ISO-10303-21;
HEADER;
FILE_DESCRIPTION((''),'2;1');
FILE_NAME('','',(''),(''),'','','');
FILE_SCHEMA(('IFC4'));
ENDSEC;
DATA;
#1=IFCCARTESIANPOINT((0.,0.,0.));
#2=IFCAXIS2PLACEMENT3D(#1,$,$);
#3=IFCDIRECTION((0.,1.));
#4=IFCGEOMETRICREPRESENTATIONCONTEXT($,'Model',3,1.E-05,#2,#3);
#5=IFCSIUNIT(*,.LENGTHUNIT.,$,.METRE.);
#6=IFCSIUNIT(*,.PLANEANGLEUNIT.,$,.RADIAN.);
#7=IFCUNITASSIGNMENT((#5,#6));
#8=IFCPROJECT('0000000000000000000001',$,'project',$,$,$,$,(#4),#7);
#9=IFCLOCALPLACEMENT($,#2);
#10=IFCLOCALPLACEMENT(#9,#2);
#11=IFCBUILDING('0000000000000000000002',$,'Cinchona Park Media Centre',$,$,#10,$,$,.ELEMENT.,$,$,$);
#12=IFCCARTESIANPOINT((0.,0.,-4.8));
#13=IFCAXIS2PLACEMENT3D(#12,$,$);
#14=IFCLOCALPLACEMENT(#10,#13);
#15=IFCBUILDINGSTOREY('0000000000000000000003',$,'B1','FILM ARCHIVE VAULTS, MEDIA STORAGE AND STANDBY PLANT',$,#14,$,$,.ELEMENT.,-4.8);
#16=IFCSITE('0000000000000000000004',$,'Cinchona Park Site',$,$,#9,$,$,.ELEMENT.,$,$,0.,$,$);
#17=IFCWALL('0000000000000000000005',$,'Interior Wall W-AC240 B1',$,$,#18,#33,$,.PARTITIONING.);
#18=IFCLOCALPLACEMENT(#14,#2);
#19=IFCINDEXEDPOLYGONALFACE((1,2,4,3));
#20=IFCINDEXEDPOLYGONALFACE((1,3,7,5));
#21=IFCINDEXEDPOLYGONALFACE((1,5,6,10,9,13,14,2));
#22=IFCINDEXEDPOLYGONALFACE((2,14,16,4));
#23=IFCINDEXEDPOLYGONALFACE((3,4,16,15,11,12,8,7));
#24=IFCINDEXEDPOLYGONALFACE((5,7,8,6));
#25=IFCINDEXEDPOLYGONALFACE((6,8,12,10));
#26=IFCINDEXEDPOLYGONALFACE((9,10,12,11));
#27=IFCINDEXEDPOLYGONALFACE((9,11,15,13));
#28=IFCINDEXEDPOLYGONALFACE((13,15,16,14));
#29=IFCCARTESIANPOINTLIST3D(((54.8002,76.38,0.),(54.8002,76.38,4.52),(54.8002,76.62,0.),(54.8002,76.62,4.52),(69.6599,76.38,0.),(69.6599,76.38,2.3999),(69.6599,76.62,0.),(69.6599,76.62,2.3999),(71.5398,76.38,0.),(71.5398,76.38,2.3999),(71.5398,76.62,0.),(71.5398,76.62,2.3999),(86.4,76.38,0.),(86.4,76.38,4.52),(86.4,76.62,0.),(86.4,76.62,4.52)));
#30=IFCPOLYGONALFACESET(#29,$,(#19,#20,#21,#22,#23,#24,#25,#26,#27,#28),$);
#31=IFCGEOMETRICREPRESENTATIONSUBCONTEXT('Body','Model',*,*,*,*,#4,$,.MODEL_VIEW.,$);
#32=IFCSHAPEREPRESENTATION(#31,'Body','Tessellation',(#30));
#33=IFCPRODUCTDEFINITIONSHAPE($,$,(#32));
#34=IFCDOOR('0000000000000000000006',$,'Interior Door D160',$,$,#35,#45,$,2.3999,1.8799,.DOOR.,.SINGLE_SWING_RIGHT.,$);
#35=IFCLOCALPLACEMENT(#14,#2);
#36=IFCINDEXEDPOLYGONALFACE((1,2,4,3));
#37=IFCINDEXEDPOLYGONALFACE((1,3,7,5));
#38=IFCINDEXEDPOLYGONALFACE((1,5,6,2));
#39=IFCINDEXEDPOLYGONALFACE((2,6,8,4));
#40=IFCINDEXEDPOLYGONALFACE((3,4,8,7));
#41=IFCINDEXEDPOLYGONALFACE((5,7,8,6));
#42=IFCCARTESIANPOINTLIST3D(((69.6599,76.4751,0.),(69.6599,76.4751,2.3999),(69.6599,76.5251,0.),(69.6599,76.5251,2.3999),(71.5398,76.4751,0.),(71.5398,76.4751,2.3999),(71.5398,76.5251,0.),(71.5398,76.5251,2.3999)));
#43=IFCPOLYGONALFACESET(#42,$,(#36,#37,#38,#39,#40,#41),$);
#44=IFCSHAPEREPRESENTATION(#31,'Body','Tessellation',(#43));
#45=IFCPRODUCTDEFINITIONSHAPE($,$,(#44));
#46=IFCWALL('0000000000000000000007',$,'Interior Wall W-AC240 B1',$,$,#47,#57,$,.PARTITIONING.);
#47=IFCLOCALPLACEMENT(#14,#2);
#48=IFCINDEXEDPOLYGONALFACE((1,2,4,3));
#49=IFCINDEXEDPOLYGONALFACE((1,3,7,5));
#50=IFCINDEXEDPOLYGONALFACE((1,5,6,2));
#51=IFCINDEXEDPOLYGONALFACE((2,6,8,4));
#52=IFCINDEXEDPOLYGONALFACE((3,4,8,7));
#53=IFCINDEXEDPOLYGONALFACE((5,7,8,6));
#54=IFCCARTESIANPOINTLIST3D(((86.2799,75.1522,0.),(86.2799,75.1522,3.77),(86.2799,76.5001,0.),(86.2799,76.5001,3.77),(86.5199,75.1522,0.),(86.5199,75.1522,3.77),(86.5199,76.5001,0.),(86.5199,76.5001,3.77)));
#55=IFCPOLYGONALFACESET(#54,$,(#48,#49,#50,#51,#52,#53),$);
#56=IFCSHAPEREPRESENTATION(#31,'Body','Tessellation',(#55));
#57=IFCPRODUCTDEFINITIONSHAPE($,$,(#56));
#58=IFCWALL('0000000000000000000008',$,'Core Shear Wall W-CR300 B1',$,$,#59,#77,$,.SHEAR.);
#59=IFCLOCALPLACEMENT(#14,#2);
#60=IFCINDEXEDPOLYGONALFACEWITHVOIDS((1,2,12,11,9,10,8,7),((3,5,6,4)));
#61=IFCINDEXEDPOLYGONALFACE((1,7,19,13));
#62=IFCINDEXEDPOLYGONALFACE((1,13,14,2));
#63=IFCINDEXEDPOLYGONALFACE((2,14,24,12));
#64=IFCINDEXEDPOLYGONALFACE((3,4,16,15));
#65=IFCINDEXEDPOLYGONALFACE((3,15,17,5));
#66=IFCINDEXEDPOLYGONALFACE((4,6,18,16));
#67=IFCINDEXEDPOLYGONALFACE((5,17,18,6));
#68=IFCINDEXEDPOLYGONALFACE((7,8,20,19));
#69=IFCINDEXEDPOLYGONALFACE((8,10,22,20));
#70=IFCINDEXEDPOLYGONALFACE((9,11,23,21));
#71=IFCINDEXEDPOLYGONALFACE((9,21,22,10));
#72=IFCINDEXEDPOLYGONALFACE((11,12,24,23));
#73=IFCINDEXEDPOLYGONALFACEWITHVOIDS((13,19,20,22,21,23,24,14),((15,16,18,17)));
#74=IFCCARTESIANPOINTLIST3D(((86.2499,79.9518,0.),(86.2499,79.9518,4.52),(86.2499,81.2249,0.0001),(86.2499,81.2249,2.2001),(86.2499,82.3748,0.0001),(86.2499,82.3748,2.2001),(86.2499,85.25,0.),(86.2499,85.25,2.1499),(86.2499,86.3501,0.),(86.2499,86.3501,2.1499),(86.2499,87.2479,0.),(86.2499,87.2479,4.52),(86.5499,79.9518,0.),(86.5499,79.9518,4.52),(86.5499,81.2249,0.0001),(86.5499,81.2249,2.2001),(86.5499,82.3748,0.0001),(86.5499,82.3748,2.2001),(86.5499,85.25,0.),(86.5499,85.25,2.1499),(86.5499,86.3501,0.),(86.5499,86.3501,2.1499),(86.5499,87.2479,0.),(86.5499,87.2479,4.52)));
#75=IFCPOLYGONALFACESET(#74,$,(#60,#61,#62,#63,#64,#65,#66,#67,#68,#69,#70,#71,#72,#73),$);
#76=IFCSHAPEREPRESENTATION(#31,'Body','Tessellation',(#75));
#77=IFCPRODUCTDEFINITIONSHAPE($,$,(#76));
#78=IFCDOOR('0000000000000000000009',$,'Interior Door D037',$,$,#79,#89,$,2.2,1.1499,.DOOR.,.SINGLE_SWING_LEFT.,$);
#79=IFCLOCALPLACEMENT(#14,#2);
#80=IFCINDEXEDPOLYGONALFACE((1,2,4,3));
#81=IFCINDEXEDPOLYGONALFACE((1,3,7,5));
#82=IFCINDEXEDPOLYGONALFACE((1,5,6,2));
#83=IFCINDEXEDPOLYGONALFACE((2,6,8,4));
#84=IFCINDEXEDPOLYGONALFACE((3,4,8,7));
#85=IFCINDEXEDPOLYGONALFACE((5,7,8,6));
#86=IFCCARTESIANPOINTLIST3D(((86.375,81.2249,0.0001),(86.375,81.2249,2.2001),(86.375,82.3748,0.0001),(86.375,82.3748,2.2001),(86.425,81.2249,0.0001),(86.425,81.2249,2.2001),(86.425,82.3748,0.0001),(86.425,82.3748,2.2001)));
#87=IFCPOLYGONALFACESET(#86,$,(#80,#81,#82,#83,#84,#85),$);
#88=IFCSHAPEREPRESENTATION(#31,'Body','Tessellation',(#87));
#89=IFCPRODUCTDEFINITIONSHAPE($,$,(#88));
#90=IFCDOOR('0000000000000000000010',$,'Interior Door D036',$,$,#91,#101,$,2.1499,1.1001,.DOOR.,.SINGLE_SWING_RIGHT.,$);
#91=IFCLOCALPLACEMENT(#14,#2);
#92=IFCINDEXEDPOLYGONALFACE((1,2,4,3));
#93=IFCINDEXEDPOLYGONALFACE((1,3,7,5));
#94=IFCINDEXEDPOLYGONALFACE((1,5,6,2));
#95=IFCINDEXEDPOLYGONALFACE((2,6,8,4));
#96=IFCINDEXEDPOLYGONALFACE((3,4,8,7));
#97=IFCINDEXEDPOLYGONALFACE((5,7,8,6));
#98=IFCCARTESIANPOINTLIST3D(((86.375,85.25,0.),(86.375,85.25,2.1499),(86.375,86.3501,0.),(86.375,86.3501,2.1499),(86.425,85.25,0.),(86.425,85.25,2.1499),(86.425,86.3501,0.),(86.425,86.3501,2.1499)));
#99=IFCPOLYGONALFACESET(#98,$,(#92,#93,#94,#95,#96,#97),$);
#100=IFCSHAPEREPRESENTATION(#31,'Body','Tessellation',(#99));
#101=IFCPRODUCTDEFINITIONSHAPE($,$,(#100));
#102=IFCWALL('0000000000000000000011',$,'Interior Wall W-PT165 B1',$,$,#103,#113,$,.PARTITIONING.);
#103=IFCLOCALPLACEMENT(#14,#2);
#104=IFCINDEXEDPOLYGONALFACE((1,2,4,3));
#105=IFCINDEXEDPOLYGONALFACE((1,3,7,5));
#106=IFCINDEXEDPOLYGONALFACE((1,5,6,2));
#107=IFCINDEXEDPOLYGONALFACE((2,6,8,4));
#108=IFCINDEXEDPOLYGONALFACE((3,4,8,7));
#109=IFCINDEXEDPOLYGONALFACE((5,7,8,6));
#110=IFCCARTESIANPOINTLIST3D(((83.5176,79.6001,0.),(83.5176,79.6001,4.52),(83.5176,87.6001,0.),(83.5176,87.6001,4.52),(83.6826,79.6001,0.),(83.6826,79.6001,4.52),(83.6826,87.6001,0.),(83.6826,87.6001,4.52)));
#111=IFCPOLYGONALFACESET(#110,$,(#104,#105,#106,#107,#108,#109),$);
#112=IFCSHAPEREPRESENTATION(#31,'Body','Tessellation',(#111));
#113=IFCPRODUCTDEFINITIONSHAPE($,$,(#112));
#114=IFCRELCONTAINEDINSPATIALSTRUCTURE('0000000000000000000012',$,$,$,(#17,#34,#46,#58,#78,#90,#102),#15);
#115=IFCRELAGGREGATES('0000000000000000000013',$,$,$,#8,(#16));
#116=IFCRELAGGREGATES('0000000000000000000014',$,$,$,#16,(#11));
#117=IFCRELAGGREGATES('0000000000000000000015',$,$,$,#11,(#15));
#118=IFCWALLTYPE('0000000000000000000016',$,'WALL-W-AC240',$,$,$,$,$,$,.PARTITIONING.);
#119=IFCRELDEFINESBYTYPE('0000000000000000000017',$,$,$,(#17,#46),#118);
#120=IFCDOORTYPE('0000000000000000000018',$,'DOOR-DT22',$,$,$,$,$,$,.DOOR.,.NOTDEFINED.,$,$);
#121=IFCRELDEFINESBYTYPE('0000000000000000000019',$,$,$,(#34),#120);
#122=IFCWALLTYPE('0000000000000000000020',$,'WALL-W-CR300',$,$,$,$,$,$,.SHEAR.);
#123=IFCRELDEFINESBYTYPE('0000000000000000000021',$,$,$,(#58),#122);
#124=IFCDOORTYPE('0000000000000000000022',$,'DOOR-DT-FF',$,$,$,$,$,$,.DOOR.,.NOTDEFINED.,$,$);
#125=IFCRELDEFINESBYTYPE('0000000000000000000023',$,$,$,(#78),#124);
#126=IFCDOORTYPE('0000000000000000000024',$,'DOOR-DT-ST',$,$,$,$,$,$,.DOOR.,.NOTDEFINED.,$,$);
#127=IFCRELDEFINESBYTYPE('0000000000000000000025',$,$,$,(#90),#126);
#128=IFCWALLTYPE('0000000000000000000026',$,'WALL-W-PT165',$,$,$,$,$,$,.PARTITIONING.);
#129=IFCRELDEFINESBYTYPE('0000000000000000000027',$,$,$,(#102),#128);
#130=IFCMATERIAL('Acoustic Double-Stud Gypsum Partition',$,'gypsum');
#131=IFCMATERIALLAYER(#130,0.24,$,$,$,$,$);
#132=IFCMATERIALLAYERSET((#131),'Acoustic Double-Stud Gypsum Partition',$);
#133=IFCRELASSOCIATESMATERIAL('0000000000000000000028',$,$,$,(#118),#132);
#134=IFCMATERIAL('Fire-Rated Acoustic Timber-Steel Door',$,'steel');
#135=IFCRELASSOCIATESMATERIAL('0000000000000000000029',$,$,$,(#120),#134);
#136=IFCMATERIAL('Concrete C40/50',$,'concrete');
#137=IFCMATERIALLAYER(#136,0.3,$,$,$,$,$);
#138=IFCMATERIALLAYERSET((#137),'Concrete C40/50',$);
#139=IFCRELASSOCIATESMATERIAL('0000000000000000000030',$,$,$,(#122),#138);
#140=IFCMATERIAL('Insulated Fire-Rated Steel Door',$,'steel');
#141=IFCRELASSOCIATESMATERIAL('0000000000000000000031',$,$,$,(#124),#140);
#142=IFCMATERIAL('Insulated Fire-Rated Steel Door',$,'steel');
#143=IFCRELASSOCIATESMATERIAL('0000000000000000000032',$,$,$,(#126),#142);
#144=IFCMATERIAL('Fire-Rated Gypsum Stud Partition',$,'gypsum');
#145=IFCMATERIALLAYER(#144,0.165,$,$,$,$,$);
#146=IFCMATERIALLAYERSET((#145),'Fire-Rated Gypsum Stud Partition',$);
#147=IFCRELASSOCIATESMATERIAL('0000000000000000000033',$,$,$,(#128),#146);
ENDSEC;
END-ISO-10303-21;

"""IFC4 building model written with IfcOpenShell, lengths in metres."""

from ifc_helpers import new_model, si_unit, direction, frame, frame_2d, origin, place, context, subcontext, project, spatial, rectangle, extrude, material, layer, layer_set, type_object, element, fill, save


model = new_model("IFC4")

# Units and contexts
model_context = context("Model", 3, precision=1e-05, world=origin(), true_north=direction((0.0, 1.0)))
body_context = subcontext(model_context, "Body", "Model", "MODEL_VIEW")
ifc_project = project(units=[si_unit("LENGTHUNIT", "METRE"), si_unit("PLANEANGLEUNIT", "RADIAN")], contexts=[model_context])

# Site, building, storey
site_placement = place(None, origin())
site = spatial("IfcSite", under=ifc_project, at=site_placement, Name="Cinchona Park Site", CompositionType="ELEMENT", RefElevation=0.0)
building_placement = place(site_placement, origin())
building = spatial("IfcBuilding", under=site, at=building_placement, Name="Cinchona Park Media Centre", CompositionType="ELEMENT")
storey_placement = place(building_placement, frame((0.0, 0.0, -4.8)))
storey = spatial("IfcBuildingStorey", under=building, at=storey_placement, Name="B1", Description="FILM ARCHIVE VAULTS, MEDIA STORAGE AND STANDBY PLANT", CompositionType="ELEMENT", Elevation=-4.8)

# Wall, opening, door
ifc_material_1 = material(Name="Acoustic Double-Stud Gypsum Partition", Category="gypsum")
ifc_layer_1 = layer(ifc_material_1, 0.24)
ifc_layer_set_1 = layer_set([ifc_layer_1], Name="Acoustic Double-Stud Gypsum Partition")
wall_type_1 = type_object("IfcWallType", Name="WALL-W-AC240", PredefinedType="PARTITIONING", material=ifc_layer_set_1)
wall_1_placement = place(storey_placement, frame((86.3999, 76.5, 0.0), z_axis=(0.0, 0.0, 1.0), x_axis=(-1.0, 0.0, 0.0)))
wall_1 = element("IfcWall", 1, at=wall_1_placement, inside=storey, type_object=wall_type_1, Name="Interior Wall W-AC240 B1", PredefinedType="PARTITIONING", context=body_context, shape_type="SweptSolid", body=[
    extrude(rectangle(XDim=31.5999, YDim=0.24, at=frame_2d((15.7998, 0.0))), origin(), (0.0, 0.0, 1.0), 4.52),
])
opening_1_placement = place(wall_1_placement, frame((14.8601, 0.0, 0.0)))
opening_1 = element("IfcOpeningElement", 2, at=opening_1_placement, cuts=wall_1, PredefinedType="OPENING", context=body_context, shape_type="SweptSolid", body=[
    extrude(rectangle(XDim=1.8799, YDim=2.3999, at=frame_2d((0.9399, 1.2))), frame((0.0, 0.1299, 0.0), z_axis=(0.0, -1.0, 0.0), x_axis=(1.0, 0.0, 0.0)), (0.0, 0.0, 1.0), 0.26),
])
ifc_material_2 = material(Name="Fire-Rated Acoustic Timber-Steel Door", Category="steel")
door_type_1 = type_object("IfcDoorType", Name="DOOR-DT22", OperationType="NOTDEFINED", PredefinedType="DOOR", material=ifc_material_2)
door_1_placement = place(opening_1_placement, origin())
door_1 = element("IfcDoor", 3, at=door_1_placement, inside=storey, type_object=door_type_1, Name="Interior Door D160", OperationType="SINGLE_SWING_RIGHT", OverallHeight=2.3999, OverallWidth=1.8799, PredefinedType="DOOR", context=body_context, shape_type="SweptSolid", body=[
    extrude(rectangle(XDim=1.8799, YDim=2.3999, at=frame_2d((0.9399, 1.2))), frame((0.0, 0.0249, 0.0), z_axis=(0.0, -1.0, 0.0), x_axis=(1.0, 0.0, 0.0)), (0.0, 0.0, 1.0), 0.05),
])
fill(opening_1, door_1)

# Wall
wall_2_placement = place(storey_placement, frame((86.3999, 76.5, 0.0), z_axis=(0.0, 0.0, 1.0), x_axis=(0.0, -1.0, 0.0)))
element("IfcWall", 4, at=wall_2_placement, inside=storey, type_object=wall_type_1, Name="Interior Wall W-AC240 B1", PredefinedType="PARTITIONING", context=body_context, shape_type="SweptSolid", body=[
    extrude(rectangle(XDim=1.3479, YDim=0.24, at=frame_2d((0.6738, 0.0))), origin(), (0.0, 0.0, 1.0), 3.77),
])

# Wall, openings, doors
ifc_material_3 = material(Name="Concrete C40/50", Category="concrete")
ifc_layer_2 = layer(ifc_material_3, 0.3)
ifc_layer_set_2 = layer_set([ifc_layer_2], Name="Concrete C40/50")
wall_type_2 = type_object("IfcWallType", Name="WALL-W-CR300", PredefinedType="SHEAR", material=ifc_layer_set_2)
wall_3_placement = place(storey_placement, frame((86.3999, 79.9519, 0.0), z_axis=(0.0, 0.0, 1.0), x_axis=(0.0, 1.0, 0.0)))
wall_3 = element("IfcWall", 5, at=wall_3_placement, inside=storey, type_object=wall_type_2, Name="Core Shear Wall W-CR300 B1", PredefinedType="SHEAR", context=body_context, shape_type="SweptSolid", body=[
    extrude(rectangle(XDim=7.2961, YDim=0.3, at=frame_2d((3.6479, 0.0))), origin(), (0.0, 0.0, 1.0), 4.52),
])
opening_2_placement = place(wall_3_placement, frame((5.2981, 0.0, 0.0)))
opening_2 = element("IfcOpeningElement", 6, at=opening_2_placement, cuts=wall_3, PredefinedType="OPENING", context=body_context, shape_type="SweptSolid", body=[
    extrude(rectangle(XDim=1.1001, YDim=2.1499, at=frame_2d((0.55, 1.075))), frame((0.0, 0.1599, 0.0), z_axis=(0.0, -1.0, 0.0), x_axis=(1.0, 0.0, 0.0)), (0.0, 0.0, 1.0), 0.3201),
])
opening_3_placement = place(wall_3_placement, frame((1.2729, 0.0, 0.0)))
opening_3 = element("IfcOpeningElement", 7, at=opening_3_placement, cuts=wall_3, PredefinedType="OPENING", context=body_context, shape_type="SweptSolid", body=[
    extrude(rectangle(XDim=1.1499, YDim=2.2, at=frame_2d((0.575, 1.1001))), frame((0.0, 0.1599, 0.0), z_axis=(0.0, -1.0, 0.0), x_axis=(1.0, 0.0, 0.0)), (0.0, 0.0, 1.0), 0.3201),
])
ifc_material_4 = material(Name="Insulated Fire-Rated Steel Door", Category="steel")
door_type_2 = type_object("IfcDoorType", Name="DOOR-DT-FF", OperationType="NOTDEFINED", PredefinedType="DOOR", material=ifc_material_4)
door_2_placement = place(opening_3_placement, origin())
door_2 = element("IfcDoor", 8, at=door_2_placement, inside=storey, type_object=door_type_2, Name="Interior Door D037", OperationType="SINGLE_SWING_LEFT", OverallHeight=2.2, OverallWidth=1.1499, PredefinedType="DOOR", context=body_context, shape_type="SweptSolid", body=[
    extrude(rectangle(XDim=1.1499, YDim=2.2, at=frame_2d((0.575, 1.1001))), frame((0.0, 0.0249, 0.0), z_axis=(0.0, -1.0, 0.0), x_axis=(1.0, 0.0, 0.0)), (0.0, 0.0, 1.0), 0.05),
])
fill(opening_3, door_2)
ifc_material_5 = material(Name="Insulated Fire-Rated Steel Door", Category="steel")
door_type_3 = type_object("IfcDoorType", Name="DOOR-DT-ST", OperationType="NOTDEFINED", PredefinedType="DOOR", material=ifc_material_5)
door_3_placement = place(opening_2_placement, origin())
door_3 = element("IfcDoor", 9, at=door_3_placement, inside=storey, type_object=door_type_3, Name="Interior Door D036", OperationType="SINGLE_SWING_RIGHT", OverallHeight=2.1499, OverallWidth=1.1001, PredefinedType="DOOR", context=body_context, shape_type="SweptSolid", body=[
    extrude(rectangle(XDim=1.1001, YDim=2.1499, at=frame_2d((0.55, 1.075))), frame((0.0, 0.0249, 0.0), z_axis=(0.0, -1.0, 0.0), x_axis=(1.0, 0.0, 0.0)), (0.0, 0.0, 1.0), 0.05),
])
fill(opening_2, door_3)

# Wall
ifc_material_6 = material(Name="Fire-Rated Gypsum Stud Partition", Category="gypsum")
ifc_layer_3 = layer(ifc_material_6, 0.165)
ifc_layer_set_3 = layer_set([ifc_layer_3], Name="Fire-Rated Gypsum Stud Partition")
wall_type_3 = type_object("IfcWallType", Name="WALL-W-PT165", PredefinedType="PARTITIONING", material=ifc_layer_set_3)
wall_4_placement = place(storey_placement, frame((83.6001, 79.6001, 0.0), z_axis=(0.0, 0.0, 1.0), x_axis=(0.0, 1.0, 0.0)))
element("IfcWall", 10, at=wall_4_placement, inside=storey, type_object=wall_type_3, Name="Interior Wall W-PT165 B1", PredefinedType="PARTITIONING", context=body_context, shape_type="SweptSolid", body=[
    extrude(rectangle(XDim=8.0, YDim=0.165, at=frame_2d((4.0, 0.0))), origin(), (0.0, 0.0, 1.0), 4.52),
])

save(model, "model.ifc")
